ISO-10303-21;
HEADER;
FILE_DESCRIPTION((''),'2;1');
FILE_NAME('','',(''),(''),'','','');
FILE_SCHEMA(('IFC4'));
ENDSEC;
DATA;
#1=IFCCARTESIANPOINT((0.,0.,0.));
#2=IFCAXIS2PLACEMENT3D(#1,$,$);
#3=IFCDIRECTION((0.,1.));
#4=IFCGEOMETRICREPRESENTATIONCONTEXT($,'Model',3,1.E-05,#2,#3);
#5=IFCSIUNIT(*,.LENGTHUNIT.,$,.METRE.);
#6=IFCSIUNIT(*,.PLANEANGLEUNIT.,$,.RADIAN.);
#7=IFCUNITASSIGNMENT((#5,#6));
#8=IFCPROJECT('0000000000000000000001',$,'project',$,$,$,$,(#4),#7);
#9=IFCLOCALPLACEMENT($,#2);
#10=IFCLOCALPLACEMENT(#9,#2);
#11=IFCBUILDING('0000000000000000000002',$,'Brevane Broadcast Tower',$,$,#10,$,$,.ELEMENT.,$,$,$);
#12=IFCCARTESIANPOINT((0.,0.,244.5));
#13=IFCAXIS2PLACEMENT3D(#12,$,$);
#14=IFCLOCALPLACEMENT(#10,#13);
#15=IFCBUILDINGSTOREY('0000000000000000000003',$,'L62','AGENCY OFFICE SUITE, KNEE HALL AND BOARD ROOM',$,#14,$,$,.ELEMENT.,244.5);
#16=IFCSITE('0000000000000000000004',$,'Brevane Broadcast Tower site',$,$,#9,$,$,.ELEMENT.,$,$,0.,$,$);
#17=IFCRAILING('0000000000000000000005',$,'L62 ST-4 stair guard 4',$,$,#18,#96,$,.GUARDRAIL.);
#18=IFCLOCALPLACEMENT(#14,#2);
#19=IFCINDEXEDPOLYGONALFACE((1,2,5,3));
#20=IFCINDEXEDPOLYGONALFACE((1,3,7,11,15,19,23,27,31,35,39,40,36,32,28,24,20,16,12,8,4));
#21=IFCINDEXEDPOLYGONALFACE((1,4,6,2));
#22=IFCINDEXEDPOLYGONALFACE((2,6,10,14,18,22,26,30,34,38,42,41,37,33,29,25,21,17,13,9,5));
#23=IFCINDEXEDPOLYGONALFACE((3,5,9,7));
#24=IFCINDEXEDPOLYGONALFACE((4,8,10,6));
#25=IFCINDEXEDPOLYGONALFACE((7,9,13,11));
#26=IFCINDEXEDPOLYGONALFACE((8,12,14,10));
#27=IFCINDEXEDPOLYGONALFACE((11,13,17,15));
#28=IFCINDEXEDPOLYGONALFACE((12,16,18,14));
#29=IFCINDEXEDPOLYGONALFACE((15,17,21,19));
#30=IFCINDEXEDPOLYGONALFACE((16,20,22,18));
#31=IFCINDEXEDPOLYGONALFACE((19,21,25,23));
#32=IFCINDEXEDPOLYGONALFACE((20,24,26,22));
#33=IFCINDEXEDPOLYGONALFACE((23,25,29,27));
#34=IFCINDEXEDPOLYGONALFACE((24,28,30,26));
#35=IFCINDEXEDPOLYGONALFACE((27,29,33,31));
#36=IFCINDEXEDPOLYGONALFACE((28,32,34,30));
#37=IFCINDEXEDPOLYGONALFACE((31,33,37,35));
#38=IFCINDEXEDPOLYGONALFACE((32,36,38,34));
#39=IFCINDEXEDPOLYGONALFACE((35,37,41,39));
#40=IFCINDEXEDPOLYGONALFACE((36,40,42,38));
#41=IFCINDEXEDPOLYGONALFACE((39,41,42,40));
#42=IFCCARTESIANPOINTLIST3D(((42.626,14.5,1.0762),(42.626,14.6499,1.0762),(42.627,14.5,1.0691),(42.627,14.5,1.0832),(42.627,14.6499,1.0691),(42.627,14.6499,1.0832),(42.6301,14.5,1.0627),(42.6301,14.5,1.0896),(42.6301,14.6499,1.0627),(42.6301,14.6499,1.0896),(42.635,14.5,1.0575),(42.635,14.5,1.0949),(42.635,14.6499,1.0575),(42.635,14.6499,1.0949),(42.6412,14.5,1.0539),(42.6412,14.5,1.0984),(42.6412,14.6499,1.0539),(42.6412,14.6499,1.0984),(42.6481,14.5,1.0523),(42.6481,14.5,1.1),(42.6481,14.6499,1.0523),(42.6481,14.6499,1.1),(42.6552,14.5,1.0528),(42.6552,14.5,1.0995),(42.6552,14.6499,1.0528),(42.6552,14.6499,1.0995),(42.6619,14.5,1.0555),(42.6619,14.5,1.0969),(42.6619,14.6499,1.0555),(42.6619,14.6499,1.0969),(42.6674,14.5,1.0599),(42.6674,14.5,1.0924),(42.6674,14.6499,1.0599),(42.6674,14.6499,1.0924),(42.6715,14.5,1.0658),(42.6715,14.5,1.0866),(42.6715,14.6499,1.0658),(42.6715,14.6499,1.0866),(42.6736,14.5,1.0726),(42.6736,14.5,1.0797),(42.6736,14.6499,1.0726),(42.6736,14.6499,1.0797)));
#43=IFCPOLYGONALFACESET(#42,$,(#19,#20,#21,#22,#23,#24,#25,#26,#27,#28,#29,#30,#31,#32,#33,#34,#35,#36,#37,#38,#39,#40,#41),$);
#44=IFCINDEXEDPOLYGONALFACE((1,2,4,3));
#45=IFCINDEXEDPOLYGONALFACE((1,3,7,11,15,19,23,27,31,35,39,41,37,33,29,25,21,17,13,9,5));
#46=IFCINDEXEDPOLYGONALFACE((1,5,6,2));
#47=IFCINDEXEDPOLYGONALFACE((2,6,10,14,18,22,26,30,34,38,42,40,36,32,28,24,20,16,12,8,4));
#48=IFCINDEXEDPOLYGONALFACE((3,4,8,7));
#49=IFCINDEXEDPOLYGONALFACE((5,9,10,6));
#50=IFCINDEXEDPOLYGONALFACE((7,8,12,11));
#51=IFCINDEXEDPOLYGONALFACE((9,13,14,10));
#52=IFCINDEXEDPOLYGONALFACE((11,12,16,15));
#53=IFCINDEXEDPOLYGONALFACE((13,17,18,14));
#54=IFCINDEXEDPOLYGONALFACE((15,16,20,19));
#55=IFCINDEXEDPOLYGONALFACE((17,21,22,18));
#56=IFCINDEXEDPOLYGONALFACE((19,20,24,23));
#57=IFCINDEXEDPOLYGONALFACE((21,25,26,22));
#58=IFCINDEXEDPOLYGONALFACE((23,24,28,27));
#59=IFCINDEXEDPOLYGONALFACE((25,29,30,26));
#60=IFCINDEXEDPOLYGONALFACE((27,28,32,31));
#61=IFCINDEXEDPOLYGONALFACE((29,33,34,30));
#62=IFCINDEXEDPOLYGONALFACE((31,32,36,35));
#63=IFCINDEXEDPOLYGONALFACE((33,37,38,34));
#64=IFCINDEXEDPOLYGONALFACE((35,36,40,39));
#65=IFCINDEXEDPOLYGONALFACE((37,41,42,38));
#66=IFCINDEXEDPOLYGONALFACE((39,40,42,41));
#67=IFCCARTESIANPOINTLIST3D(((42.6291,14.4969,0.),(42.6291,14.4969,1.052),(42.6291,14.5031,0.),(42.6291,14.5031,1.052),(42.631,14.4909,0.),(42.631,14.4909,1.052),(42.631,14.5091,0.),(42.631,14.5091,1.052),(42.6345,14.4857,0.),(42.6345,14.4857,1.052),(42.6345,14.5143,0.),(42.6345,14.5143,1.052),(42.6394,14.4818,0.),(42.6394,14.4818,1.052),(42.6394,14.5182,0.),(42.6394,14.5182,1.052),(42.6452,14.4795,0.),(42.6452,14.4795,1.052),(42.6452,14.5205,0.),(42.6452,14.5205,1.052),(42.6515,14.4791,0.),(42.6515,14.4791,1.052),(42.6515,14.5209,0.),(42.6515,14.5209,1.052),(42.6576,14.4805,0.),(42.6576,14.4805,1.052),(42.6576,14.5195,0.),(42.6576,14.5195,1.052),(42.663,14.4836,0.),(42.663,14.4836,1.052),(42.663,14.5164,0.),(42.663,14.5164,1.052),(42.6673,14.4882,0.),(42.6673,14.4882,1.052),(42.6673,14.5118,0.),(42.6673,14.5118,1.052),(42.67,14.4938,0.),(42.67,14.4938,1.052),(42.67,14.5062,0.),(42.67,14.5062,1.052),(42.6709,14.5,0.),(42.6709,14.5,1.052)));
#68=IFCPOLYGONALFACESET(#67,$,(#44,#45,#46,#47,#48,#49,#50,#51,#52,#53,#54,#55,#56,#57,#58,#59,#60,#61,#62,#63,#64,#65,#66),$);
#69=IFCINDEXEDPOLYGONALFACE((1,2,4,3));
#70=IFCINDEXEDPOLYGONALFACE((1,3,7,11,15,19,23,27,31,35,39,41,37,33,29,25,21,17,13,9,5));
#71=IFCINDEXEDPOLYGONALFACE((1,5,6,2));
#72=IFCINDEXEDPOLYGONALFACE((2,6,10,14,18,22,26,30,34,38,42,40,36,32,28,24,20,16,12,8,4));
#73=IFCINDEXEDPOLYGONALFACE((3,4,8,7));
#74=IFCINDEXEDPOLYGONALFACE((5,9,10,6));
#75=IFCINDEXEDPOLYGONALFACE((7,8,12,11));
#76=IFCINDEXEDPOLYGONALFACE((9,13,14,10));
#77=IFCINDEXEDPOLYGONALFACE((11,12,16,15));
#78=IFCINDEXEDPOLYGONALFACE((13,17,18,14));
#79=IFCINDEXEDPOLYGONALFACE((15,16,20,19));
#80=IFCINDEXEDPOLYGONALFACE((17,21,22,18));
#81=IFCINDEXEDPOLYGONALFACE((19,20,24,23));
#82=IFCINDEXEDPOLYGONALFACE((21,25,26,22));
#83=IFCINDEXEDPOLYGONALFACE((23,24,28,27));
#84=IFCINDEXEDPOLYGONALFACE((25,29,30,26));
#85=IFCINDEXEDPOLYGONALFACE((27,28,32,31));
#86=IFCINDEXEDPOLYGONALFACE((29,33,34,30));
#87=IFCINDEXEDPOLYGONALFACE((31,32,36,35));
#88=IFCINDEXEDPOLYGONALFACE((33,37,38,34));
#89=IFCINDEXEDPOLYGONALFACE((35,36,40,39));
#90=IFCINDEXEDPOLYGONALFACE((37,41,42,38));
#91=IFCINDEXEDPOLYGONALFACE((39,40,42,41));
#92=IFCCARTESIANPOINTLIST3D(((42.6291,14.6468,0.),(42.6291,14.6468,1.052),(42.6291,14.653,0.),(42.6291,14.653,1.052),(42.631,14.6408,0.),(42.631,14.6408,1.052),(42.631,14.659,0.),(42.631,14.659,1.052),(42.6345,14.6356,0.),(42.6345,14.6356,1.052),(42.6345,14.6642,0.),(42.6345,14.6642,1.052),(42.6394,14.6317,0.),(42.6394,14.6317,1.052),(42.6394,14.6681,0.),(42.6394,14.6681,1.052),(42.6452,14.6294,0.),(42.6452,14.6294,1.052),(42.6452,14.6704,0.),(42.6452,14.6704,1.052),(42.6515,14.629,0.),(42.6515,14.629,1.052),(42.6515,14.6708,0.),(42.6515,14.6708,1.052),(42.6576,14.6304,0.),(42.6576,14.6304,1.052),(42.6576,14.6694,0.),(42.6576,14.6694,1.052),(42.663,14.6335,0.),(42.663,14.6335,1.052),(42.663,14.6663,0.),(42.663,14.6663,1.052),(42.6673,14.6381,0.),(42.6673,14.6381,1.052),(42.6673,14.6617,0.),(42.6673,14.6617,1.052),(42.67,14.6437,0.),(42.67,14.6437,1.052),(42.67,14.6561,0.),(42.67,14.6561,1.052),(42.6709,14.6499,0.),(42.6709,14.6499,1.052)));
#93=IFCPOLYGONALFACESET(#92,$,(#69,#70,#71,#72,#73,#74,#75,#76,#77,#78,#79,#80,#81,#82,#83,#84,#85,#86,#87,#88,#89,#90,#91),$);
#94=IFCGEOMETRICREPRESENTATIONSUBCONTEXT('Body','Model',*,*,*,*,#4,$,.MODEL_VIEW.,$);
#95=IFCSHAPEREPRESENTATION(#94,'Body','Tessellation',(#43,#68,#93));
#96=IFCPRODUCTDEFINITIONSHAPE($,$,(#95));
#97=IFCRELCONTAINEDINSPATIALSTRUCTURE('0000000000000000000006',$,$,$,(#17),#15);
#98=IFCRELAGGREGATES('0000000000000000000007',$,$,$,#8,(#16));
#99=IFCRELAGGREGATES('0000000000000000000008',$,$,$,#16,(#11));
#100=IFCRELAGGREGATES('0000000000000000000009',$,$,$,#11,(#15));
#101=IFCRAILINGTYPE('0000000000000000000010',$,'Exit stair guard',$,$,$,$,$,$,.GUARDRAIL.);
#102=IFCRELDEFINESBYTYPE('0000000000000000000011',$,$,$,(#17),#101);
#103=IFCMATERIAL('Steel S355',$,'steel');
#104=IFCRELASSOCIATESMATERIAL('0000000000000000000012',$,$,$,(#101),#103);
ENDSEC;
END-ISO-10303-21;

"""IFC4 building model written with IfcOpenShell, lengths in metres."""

from ifc_helpers import new_model, si_unit, direction, frame, origin, origin_2d, place, context, subcontext, project, spatial, circle, extrude, material, type_object, element, save


model = new_model("IFC4")

# Units and contexts
model_context = context("Model", 3, precision=1e-05, world=origin(), true_north=direction((0.0, 1.0)))
body_context = subcontext(model_context, "Body", "Model", "MODEL_VIEW")
ifc_project = project(units=[si_unit("LENGTHUNIT", "METRE"), si_unit("PLANEANGLEUNIT", "RADIAN")], contexts=[model_context])

# Site, building, storey
site_placement = place(None, origin())
site = spatial("IfcSite", under=ifc_project, at=site_placement, Name="Brevane Broadcast Tower site", CompositionType="ELEMENT", RefElevation=0.0)
building_placement = place(site_placement, origin())
building = spatial("IfcBuilding", under=site, at=building_placement, Name="Brevane Broadcast Tower", CompositionType="ELEMENT")
storey_placement = place(building_placement, frame((0.0, 0.0, 244.5)))
storey = spatial("IfcBuildingStorey", under=building, at=storey_placement, Name="L62", Description="AGENCY OFFICE SUITE, KNEE HALL AND BOARD ROOM", CompositionType="ELEMENT", Elevation=244.5)

# Railing
ifc_material_1 = material(Name="Steel S355", Category="steel")
railing_type_1 = type_object("IfcRailingType", Name="Exit stair guard", PredefinedType="GUARDRAIL", material=ifc_material_1)
railing_1_placement = place(storey_placement, frame((42.6499, 14.5, 0.0)))
element("IfcRailing", 1, at=railing_1_placement, inside=storey, type_object=railing_type_1, Name="L62 ST-4 stair guard 4", PredefinedType="GUARDRAIL", context=body_context, shape_type="SweptSolid", body=[
    extrude(circle(Radius=0.0239, at=origin_2d()), frame((0.0, 0.0, 1.0762), z_axis=(0.0, 1.0, 0.0), x_axis=(-1.0, 0.0, 0.0)), (0.0, 0.0, 1.0), 0.1499),
    extrude(circle(Radius=0.021, at=origin_2d()), origin(), (0.0, 0.0, 1.0), 1.052),
    extrude(circle(Radius=0.021, at=origin_2d()), frame((0.0, 0.1499, 0.0)), (0.0, 0.0, 1.0), 1.052),
])

save(model, "model.ifc")
